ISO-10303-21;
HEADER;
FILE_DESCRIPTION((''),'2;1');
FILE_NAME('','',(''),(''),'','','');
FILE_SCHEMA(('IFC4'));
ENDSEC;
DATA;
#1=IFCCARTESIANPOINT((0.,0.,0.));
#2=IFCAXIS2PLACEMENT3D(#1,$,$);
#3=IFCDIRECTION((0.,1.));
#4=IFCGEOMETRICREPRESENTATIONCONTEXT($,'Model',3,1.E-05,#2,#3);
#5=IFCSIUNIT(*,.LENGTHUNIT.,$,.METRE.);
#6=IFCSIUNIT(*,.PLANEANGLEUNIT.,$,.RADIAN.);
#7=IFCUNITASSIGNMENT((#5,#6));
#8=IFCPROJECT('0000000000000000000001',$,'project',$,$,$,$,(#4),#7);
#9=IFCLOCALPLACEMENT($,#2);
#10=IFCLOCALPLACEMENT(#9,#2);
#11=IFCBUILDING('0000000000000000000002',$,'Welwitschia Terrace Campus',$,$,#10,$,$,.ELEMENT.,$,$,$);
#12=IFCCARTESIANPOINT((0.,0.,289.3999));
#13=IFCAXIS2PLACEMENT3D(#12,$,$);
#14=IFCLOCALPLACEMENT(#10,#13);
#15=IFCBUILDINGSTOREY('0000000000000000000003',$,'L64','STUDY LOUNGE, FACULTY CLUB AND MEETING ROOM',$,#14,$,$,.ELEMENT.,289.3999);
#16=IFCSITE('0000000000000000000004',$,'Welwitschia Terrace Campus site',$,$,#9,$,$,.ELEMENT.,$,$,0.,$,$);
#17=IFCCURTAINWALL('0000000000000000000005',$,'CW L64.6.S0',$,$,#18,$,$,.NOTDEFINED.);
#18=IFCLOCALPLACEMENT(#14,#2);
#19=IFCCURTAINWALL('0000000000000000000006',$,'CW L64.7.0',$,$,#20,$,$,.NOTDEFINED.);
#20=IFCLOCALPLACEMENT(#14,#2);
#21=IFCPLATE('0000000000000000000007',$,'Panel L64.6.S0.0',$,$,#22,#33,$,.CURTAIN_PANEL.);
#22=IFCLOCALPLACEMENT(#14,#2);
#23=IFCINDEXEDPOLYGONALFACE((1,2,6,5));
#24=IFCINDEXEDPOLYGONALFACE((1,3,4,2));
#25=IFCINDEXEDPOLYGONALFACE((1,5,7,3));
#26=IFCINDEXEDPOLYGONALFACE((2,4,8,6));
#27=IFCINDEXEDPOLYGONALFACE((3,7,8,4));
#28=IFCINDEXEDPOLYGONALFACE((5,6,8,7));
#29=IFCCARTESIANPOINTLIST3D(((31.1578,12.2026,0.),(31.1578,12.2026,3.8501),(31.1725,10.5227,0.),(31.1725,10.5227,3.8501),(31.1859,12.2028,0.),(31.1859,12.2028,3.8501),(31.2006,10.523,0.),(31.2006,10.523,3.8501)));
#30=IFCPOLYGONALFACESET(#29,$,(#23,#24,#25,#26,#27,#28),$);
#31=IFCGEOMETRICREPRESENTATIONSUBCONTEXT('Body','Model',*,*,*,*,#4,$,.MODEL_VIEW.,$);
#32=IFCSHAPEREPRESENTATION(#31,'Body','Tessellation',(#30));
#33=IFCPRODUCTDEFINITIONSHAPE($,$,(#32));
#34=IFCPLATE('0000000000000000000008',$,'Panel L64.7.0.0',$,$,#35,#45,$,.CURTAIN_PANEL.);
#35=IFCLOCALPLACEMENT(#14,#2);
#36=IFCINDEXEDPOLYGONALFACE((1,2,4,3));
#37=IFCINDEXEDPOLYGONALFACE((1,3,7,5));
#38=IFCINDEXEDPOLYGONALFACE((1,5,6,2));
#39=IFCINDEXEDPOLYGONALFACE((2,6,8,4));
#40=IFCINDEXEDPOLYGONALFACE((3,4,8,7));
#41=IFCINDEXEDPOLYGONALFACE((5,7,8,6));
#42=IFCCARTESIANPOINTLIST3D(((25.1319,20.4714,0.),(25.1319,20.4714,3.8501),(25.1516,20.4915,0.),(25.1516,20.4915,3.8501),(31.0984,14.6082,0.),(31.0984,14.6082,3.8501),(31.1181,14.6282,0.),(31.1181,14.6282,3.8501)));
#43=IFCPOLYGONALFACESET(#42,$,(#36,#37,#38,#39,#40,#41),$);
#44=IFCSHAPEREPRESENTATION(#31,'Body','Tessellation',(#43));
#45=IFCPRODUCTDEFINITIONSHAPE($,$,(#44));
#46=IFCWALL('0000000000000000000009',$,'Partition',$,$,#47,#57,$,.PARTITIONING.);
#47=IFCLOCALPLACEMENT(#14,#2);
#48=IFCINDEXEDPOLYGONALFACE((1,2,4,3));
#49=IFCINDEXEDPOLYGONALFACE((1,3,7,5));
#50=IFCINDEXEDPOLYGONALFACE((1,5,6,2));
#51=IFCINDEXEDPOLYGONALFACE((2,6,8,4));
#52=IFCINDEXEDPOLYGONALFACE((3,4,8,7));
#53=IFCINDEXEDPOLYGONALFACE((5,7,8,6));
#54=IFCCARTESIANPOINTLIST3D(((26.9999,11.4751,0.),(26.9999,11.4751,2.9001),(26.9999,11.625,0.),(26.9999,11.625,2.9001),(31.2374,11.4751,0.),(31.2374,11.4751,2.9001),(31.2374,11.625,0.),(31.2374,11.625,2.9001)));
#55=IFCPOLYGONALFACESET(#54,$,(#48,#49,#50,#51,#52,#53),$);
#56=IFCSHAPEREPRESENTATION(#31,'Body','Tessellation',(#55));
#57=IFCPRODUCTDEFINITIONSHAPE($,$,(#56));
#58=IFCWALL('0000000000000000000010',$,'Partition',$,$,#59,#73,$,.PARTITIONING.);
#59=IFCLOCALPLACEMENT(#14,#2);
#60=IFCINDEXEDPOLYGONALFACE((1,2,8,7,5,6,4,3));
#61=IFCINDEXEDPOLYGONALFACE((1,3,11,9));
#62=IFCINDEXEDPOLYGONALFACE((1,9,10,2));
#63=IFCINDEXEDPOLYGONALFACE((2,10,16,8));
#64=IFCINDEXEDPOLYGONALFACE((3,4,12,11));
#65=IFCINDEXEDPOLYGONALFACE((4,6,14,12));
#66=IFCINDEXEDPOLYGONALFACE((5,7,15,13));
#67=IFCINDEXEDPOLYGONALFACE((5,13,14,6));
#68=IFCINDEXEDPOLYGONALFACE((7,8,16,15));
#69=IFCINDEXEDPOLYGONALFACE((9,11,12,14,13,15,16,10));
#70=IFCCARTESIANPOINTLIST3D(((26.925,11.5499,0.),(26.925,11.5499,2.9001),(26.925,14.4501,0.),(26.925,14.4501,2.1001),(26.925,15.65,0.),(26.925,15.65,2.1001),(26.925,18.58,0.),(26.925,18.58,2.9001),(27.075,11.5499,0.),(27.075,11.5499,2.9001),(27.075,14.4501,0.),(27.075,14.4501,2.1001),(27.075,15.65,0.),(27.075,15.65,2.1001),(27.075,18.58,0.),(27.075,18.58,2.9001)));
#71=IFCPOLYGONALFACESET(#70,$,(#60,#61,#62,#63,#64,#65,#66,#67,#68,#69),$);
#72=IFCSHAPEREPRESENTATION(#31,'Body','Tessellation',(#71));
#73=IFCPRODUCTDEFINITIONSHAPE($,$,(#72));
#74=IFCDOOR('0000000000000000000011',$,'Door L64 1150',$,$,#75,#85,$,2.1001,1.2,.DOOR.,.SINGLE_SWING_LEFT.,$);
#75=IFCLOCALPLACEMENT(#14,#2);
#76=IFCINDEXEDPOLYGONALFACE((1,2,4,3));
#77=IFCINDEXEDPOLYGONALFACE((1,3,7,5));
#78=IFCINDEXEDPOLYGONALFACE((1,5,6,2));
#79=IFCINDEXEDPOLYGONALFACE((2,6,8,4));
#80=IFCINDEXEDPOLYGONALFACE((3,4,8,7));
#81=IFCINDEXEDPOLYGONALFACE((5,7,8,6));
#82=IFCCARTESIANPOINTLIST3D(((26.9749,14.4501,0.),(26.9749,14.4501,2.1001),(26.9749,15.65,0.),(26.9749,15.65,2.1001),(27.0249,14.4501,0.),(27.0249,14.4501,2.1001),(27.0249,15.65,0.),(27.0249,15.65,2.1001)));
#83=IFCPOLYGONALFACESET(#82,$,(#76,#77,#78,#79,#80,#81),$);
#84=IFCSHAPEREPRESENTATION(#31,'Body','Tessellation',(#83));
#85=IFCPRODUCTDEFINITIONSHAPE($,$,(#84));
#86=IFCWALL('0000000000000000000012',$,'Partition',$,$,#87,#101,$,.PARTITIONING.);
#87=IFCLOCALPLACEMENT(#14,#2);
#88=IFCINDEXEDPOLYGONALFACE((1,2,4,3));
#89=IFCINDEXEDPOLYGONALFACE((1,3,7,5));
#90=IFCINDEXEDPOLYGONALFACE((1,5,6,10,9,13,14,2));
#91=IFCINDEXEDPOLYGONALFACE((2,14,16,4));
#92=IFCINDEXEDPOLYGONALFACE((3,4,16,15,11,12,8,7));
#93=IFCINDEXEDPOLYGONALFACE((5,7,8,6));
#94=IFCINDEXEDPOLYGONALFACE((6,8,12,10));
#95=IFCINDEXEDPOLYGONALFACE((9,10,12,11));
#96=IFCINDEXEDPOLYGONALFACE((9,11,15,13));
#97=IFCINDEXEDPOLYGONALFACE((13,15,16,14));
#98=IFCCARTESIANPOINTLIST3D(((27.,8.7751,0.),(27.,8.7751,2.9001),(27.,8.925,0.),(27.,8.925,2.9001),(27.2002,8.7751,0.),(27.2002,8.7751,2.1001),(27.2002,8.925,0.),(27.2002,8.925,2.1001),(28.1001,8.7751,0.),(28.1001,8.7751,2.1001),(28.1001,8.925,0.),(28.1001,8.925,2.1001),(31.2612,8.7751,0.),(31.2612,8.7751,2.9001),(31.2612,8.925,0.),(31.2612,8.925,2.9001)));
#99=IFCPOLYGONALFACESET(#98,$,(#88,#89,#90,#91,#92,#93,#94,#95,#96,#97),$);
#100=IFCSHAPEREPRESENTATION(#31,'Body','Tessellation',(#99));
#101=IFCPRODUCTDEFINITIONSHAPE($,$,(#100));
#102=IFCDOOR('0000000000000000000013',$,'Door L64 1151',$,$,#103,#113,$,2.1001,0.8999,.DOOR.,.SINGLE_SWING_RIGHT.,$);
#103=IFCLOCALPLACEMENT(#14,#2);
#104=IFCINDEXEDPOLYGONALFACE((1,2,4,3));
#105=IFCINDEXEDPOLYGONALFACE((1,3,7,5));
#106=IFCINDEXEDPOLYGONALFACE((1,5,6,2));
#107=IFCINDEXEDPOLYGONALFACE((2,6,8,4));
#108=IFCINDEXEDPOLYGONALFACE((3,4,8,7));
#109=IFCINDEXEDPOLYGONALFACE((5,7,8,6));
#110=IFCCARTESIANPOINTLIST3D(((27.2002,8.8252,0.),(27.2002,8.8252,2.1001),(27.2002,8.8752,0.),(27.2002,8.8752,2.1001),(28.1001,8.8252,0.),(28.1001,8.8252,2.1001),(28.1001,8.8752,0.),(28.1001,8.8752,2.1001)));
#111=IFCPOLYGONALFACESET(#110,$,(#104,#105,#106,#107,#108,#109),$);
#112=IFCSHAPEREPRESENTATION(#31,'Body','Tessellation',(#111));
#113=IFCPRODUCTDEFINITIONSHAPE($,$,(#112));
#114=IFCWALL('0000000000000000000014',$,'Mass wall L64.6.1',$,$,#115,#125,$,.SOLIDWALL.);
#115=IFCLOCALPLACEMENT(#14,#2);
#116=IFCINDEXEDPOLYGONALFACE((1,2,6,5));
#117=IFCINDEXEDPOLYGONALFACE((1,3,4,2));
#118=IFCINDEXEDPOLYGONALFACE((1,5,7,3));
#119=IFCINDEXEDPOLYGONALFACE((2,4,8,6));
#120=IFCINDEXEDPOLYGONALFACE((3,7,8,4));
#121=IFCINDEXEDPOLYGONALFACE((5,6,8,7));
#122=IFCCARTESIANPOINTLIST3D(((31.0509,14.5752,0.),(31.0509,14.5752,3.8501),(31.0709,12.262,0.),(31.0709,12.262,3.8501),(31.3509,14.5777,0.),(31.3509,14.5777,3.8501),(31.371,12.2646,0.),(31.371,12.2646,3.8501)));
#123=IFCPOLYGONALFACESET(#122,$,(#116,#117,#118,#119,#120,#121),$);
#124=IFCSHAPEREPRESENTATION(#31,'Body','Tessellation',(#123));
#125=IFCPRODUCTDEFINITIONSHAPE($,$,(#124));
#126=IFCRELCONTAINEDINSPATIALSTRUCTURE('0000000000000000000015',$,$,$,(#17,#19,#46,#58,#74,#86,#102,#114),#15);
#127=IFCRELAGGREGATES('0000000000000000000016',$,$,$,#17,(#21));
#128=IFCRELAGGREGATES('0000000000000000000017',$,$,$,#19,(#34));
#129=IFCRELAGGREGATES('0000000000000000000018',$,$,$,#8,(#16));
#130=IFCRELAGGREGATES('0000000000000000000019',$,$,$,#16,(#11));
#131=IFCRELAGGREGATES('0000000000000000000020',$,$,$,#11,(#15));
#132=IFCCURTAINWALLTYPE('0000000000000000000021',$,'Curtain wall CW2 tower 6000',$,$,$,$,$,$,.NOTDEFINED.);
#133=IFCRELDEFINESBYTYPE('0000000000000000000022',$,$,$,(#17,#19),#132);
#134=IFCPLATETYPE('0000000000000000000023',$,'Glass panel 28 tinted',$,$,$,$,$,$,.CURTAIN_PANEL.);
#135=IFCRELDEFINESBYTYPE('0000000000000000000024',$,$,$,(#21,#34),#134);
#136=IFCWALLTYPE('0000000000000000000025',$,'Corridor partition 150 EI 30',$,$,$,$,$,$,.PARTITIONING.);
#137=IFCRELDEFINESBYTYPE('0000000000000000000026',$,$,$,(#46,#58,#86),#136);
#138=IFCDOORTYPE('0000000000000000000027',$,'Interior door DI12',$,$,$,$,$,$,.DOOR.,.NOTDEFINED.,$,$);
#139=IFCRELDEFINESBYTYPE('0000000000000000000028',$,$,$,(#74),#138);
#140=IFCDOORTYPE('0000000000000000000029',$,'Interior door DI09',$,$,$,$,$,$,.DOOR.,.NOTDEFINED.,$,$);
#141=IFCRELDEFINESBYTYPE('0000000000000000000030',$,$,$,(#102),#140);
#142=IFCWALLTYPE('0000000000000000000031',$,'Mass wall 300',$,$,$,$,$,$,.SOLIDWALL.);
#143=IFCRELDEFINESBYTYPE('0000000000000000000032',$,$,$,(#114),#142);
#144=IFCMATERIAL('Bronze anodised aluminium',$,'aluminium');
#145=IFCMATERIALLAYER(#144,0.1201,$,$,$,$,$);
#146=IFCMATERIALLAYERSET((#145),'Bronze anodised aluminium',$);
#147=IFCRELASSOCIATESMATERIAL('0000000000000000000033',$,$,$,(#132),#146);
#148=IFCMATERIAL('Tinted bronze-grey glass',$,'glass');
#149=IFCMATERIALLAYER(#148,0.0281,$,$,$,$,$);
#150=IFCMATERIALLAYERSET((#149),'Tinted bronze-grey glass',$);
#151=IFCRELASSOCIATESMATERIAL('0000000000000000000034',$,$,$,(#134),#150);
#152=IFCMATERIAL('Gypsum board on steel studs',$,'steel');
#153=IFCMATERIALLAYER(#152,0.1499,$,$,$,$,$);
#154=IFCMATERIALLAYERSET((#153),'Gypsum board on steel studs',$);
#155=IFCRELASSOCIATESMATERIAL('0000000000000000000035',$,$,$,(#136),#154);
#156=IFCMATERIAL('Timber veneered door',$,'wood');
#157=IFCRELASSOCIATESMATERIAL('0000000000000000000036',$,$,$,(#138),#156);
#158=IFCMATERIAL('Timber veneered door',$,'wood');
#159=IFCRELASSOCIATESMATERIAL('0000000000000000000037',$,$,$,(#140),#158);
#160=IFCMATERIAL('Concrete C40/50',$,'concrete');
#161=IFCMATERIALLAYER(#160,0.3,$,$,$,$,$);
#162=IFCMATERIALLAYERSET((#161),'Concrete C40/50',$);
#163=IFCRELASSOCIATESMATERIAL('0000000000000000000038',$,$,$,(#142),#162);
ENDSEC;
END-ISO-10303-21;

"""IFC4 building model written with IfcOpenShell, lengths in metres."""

from ifc_helpers import new_model, si_unit, direction, frame, frame_2d, origin, origin_2d, place, context, subcontext, project, spatial, rectangle, extrude, material, layer, layer_set, type_object, element, fill, aggregate, save


model = new_model("IFC4")

# Units and contexts
model_context = context("Model", 3, precision=1e-05, world=origin(), true_north=direction((0.0, 1.0)))
body_context = subcontext(model_context, "Body", "Model", "MODEL_VIEW")
ifc_project = project(units=[si_unit("LENGTHUNIT", "METRE"), si_unit("PLANEANGLEUNIT", "RADIAN")], contexts=[model_context])

# Site, building, storey
site_placement = place(None, origin())
site = spatial("IfcSite", under=ifc_project, at=site_placement, Name="Welwitschia Terrace Campus site", CompositionType="ELEMENT", RefElevation=0.0)
building_placement = place(site_placement, origin())
building = spatial("IfcBuilding", under=site, at=building_placement, Name="Welwitschia Terrace Campus", CompositionType="ELEMENT")
storey_placement = place(building_placement, frame((0.0, 0.0, 289.3999)))
storey = spatial("IfcBuildingStorey", under=building, at=storey_placement, Name="L64", Description="STUDY LOUNGE, FACULTY CLUB AND MEETING ROOM", CompositionType="ELEMENT", Elevation=289.3999)

# Curtain walls
ifc_material_1 = material(Name="Bronze anodised aluminium", Category="aluminium")
ifc_layer_1 = layer(ifc_material_1, 0.1201)
ifc_layer_set_1 = layer_set([ifc_layer_1], Name="Bronze anodised aluminium")
curtain_wall_type = type_object("IfcCurtainWallType", Name="Curtain wall CW2 tower 6000", PredefinedType="NOTDEFINED", material=ifc_layer_set_1)
curtain_wall_1_placement = place(storey_placement, origin())
curtain_wall_1 = element("IfcCurtainWall", 1, at=curtain_wall_1_placement, inside=storey, type_object=curtain_wall_type, Name="CW L64.6.S0", PredefinedType="NOTDEFINED")
curtain_wall_2_placement = place(storey_placement, origin())
curtain_wall_2 = element("IfcCurtainWall", 2, at=curtain_wall_2_placement, inside=storey, type_object=curtain_wall_type, Name="CW L64.7.0", PredefinedType="NOTDEFINED")

# Plates
ifc_material_2 = material(Name="Tinted bronze-grey glass", Category="glass")
ifc_layer_2 = layer(ifc_material_2, 0.0281)
ifc_layer_set_2 = layer_set([ifc_layer_2], Name="Tinted bronze-grey glass")
plate_type = type_object("IfcPlateType", Name="Glass panel 28 tinted", PredefinedType="CURTAIN_PANEL", material=ifc_layer_set_2)
plate_1_placement = place(storey_placement, frame((31.1792, 11.3628, 0.0), z_axis=(0.0, 0.0, 1.0), x_axis=(-0.008727, 0.999962, 0.0)))
plate_1 = element("IfcPlate", 3, at=plate_1_placement, type_object=plate_type, Name="Panel L64.6.S0.0", PredefinedType="CURTAIN_PANEL", context=body_context, shape_type="SweptSolid", body=[
    extrude(rectangle(XDim=1.6799, YDim=0.0281, at=origin_2d()), origin(), (0.0, 0.0, 1.0), 3.8501),
])
aggregate(curtain_wall_1, [plate_1])
plate_2_placement = place(storey_placement, frame((28.125, 17.5498, 0.0), z_axis=(0.0, 0.0, 1.0), x_axis=(-0.71325, 0.700909, 0.0)))
plate_2 = element("IfcPlate", 4, at=plate_2_placement, type_object=plate_type, Name="Panel L64.7.0.0", PredefinedType="CURTAIN_PANEL", context=body_context, shape_type="SweptSolid", body=[
    extrude(rectangle(XDim=8.3652, YDim=0.0281, at=origin_2d()), origin(), (0.0, 0.0, 1.0), 3.8501),
])
aggregate(curtain_wall_2, [plate_2])

# Wall
ifc_material_3 = material(Name="Gypsum board on steel studs", Category="steel")
ifc_layer_3 = layer(ifc_material_3, 0.1499)
ifc_layer_set_3 = layer_set([ifc_layer_3], Name="Gypsum board on steel studs")
wall_type_1 = type_object("IfcWallType", Name="Corridor partition 150 EI 30", PredefinedType="PARTITIONING", material=ifc_layer_set_3)
wall_1_placement = place(storey_placement, frame((27.0, 11.55, 0.0), z_axis=(0.0, 0.0, 1.0), x_axis=(1.0, 0.0, 0.0)))
element("IfcWall", 5, at=wall_1_placement, inside=storey, type_object=wall_type_1, Name="Partition", PredefinedType="PARTITIONING", context=body_context, shape_type="SweptSolid", body=[
    extrude(rectangle(XDim=4.2375, YDim=0.1499, at=frame_2d((2.1187, 0.0))), origin(), (0.0, 0.0, 1.0), 2.9001),
])

# Walls, openings, doors
wall_2_placement = place(storey_placement, frame((27.0, 18.5801, 0.0), z_axis=(0.0, 0.0, 1.0), x_axis=(0.0, -1.0, 0.0)))
wall_2 = element("IfcWall", 6, at=wall_2_placement, inside=storey, type_object=wall_type_1, Name="Partition", PredefinedType="PARTITIONING", context=body_context, shape_type="SweptSolid", body=[
    extrude(rectangle(XDim=7.03, YDim=0.1499, at=frame_2d((3.5151, 0.0))), origin(), (0.0, 0.0, 1.0), 2.9001),
])
opening_1_placement = place(wall_2_placement, frame((2.9299, 0.0, 0.0)))
opening_1 = element("IfcOpeningElement", 7, at=opening_1_placement, cuts=wall_2, PredefinedType="OPENING", context=body_context, shape_type="SweptSolid", body=[
    extrude(rectangle(XDim=1.2, YDim=2.1001, at=frame_2d((0.6001, 1.05))), frame((0.0, 0.085, 0.0), z_axis=(0.0, -1.0, 0.0), x_axis=(1.0, 0.0, 0.0)), (0.0, 0.0, 1.0), 0.1699),
])
ifc_material_4 = material(Name="Timber veneered door", Category="wood")
door_type_1 = type_object("IfcDoorType", Name="Interior door DI12", OperationType="NOTDEFINED", PredefinedType="DOOR", material=ifc_material_4)
door_1_placement = place(opening_1_placement, origin())
door_1 = element("IfcDoor", 8, at=door_1_placement, inside=storey, type_object=door_type_1, Name="Door L64 1150", OperationType="SINGLE_SWING_LEFT", OverallHeight=2.1001, OverallWidth=1.2, PredefinedType="DOOR", context=body_context, shape_type="SweptSolid", body=[
    extrude(rectangle(XDim=1.2, YDim=2.1001, at=frame_2d((0.6001, 1.05))), frame((0.0, 0.0249, 0.0), z_axis=(0.0, -1.0, 0.0), x_axis=(1.0, 0.0, 0.0)), (0.0, 0.0, 1.0), 0.05),
])
fill(opening_1, door_1)
wall_3_placement = place(storey_placement, frame((31.2612, 8.8501, 0.0), z_axis=(0.0, 0.0, 1.0), x_axis=(-1.0, 0.0, 0.0)))
wall_3 = element("IfcWall", 9, at=wall_3_placement, inside=storey, type_object=wall_type_1, Name="Partition", PredefinedType="PARTITIONING", context=body_context, shape_type="SweptSolid", body=[
    extrude(rectangle(XDim=4.2612, YDim=0.1499, at=frame_2d((2.1306, 0.0))), origin(), (0.0, 0.0, 1.0), 2.9001),
])
opening_2_placement = place(wall_3_placement, frame((3.1611, 0.0, 0.0)))
opening_2 = element("IfcOpeningElement", 10, at=opening_2_placement, cuts=wall_3, PredefinedType="OPENING", context=body_context, shape_type="SweptSolid", body=[
    extrude(rectangle(XDim=0.8999, YDim=2.1001, at=frame_2d((0.45, 1.05))), frame((0.0, 0.085, 0.0), z_axis=(0.0, -1.0, 0.0), x_axis=(1.0, 0.0, 0.0)), (0.0, 0.0, 1.0), 0.1699),
])
ifc_material_5 = material(Name="Timber veneered door", Category="wood")
door_type_2 = type_object("IfcDoorType", Name="Interior door DI09", OperationType="NOTDEFINED", PredefinedType="DOOR", material=ifc_material_5)
door_2_placement = place(opening_2_placement, origin())
door_2 = element("IfcDoor", 11, at=door_2_placement, inside=storey, type_object=door_type_2, Name="Door L64 1151", OperationType="SINGLE_SWING_RIGHT", OverallHeight=2.1001, OverallWidth=0.8999, PredefinedType="DOOR", context=body_context, shape_type="SweptSolid", body=[
    extrude(rectangle(XDim=0.8999, YDim=2.1001, at=frame_2d((0.45, 1.05))), frame((0.0, 0.0249, 0.0), z_axis=(0.0, -1.0, 0.0), x_axis=(1.0, 0.0, 0.0)), (0.0, 0.0, 1.0), 0.05),
])
fill(opening_2, door_2)

# Wall
ifc_material_6 = material(Name="Concrete C40/50", Category="concrete")
ifc_layer_4 = layer(ifc_material_6, 0.3)
ifc_layer_set_4 = layer_set([ifc_layer_4], Name="Concrete C40/50")
wall_type_2 = type_object("IfcWallType", Name="Mass wall 300", PredefinedType="SOLIDWALL", material=ifc_layer_set_4)
wall_4_placement = place(storey_placement, frame((31.2209, 12.2632, 0.0), z_axis=(0.0, 0.0, 1.0), x_axis=(-0.008654, 0.999963, 0.0)))
element("IfcWall", 12, at=wall_4_placement, inside=storey, type_object=wall_type_2, Name="Mass wall L64.6.1", PredefinedType="SOLIDWALL", context=body_context, shape_type="SweptSolid", body=[
    extrude(rectangle(XDim=2.3132, YDim=0.3, at=frame_2d((1.1567, 0.0))), origin(), (0.0, 0.0, 1.0), 3.8501),
])

save(model, "model.ifc")
